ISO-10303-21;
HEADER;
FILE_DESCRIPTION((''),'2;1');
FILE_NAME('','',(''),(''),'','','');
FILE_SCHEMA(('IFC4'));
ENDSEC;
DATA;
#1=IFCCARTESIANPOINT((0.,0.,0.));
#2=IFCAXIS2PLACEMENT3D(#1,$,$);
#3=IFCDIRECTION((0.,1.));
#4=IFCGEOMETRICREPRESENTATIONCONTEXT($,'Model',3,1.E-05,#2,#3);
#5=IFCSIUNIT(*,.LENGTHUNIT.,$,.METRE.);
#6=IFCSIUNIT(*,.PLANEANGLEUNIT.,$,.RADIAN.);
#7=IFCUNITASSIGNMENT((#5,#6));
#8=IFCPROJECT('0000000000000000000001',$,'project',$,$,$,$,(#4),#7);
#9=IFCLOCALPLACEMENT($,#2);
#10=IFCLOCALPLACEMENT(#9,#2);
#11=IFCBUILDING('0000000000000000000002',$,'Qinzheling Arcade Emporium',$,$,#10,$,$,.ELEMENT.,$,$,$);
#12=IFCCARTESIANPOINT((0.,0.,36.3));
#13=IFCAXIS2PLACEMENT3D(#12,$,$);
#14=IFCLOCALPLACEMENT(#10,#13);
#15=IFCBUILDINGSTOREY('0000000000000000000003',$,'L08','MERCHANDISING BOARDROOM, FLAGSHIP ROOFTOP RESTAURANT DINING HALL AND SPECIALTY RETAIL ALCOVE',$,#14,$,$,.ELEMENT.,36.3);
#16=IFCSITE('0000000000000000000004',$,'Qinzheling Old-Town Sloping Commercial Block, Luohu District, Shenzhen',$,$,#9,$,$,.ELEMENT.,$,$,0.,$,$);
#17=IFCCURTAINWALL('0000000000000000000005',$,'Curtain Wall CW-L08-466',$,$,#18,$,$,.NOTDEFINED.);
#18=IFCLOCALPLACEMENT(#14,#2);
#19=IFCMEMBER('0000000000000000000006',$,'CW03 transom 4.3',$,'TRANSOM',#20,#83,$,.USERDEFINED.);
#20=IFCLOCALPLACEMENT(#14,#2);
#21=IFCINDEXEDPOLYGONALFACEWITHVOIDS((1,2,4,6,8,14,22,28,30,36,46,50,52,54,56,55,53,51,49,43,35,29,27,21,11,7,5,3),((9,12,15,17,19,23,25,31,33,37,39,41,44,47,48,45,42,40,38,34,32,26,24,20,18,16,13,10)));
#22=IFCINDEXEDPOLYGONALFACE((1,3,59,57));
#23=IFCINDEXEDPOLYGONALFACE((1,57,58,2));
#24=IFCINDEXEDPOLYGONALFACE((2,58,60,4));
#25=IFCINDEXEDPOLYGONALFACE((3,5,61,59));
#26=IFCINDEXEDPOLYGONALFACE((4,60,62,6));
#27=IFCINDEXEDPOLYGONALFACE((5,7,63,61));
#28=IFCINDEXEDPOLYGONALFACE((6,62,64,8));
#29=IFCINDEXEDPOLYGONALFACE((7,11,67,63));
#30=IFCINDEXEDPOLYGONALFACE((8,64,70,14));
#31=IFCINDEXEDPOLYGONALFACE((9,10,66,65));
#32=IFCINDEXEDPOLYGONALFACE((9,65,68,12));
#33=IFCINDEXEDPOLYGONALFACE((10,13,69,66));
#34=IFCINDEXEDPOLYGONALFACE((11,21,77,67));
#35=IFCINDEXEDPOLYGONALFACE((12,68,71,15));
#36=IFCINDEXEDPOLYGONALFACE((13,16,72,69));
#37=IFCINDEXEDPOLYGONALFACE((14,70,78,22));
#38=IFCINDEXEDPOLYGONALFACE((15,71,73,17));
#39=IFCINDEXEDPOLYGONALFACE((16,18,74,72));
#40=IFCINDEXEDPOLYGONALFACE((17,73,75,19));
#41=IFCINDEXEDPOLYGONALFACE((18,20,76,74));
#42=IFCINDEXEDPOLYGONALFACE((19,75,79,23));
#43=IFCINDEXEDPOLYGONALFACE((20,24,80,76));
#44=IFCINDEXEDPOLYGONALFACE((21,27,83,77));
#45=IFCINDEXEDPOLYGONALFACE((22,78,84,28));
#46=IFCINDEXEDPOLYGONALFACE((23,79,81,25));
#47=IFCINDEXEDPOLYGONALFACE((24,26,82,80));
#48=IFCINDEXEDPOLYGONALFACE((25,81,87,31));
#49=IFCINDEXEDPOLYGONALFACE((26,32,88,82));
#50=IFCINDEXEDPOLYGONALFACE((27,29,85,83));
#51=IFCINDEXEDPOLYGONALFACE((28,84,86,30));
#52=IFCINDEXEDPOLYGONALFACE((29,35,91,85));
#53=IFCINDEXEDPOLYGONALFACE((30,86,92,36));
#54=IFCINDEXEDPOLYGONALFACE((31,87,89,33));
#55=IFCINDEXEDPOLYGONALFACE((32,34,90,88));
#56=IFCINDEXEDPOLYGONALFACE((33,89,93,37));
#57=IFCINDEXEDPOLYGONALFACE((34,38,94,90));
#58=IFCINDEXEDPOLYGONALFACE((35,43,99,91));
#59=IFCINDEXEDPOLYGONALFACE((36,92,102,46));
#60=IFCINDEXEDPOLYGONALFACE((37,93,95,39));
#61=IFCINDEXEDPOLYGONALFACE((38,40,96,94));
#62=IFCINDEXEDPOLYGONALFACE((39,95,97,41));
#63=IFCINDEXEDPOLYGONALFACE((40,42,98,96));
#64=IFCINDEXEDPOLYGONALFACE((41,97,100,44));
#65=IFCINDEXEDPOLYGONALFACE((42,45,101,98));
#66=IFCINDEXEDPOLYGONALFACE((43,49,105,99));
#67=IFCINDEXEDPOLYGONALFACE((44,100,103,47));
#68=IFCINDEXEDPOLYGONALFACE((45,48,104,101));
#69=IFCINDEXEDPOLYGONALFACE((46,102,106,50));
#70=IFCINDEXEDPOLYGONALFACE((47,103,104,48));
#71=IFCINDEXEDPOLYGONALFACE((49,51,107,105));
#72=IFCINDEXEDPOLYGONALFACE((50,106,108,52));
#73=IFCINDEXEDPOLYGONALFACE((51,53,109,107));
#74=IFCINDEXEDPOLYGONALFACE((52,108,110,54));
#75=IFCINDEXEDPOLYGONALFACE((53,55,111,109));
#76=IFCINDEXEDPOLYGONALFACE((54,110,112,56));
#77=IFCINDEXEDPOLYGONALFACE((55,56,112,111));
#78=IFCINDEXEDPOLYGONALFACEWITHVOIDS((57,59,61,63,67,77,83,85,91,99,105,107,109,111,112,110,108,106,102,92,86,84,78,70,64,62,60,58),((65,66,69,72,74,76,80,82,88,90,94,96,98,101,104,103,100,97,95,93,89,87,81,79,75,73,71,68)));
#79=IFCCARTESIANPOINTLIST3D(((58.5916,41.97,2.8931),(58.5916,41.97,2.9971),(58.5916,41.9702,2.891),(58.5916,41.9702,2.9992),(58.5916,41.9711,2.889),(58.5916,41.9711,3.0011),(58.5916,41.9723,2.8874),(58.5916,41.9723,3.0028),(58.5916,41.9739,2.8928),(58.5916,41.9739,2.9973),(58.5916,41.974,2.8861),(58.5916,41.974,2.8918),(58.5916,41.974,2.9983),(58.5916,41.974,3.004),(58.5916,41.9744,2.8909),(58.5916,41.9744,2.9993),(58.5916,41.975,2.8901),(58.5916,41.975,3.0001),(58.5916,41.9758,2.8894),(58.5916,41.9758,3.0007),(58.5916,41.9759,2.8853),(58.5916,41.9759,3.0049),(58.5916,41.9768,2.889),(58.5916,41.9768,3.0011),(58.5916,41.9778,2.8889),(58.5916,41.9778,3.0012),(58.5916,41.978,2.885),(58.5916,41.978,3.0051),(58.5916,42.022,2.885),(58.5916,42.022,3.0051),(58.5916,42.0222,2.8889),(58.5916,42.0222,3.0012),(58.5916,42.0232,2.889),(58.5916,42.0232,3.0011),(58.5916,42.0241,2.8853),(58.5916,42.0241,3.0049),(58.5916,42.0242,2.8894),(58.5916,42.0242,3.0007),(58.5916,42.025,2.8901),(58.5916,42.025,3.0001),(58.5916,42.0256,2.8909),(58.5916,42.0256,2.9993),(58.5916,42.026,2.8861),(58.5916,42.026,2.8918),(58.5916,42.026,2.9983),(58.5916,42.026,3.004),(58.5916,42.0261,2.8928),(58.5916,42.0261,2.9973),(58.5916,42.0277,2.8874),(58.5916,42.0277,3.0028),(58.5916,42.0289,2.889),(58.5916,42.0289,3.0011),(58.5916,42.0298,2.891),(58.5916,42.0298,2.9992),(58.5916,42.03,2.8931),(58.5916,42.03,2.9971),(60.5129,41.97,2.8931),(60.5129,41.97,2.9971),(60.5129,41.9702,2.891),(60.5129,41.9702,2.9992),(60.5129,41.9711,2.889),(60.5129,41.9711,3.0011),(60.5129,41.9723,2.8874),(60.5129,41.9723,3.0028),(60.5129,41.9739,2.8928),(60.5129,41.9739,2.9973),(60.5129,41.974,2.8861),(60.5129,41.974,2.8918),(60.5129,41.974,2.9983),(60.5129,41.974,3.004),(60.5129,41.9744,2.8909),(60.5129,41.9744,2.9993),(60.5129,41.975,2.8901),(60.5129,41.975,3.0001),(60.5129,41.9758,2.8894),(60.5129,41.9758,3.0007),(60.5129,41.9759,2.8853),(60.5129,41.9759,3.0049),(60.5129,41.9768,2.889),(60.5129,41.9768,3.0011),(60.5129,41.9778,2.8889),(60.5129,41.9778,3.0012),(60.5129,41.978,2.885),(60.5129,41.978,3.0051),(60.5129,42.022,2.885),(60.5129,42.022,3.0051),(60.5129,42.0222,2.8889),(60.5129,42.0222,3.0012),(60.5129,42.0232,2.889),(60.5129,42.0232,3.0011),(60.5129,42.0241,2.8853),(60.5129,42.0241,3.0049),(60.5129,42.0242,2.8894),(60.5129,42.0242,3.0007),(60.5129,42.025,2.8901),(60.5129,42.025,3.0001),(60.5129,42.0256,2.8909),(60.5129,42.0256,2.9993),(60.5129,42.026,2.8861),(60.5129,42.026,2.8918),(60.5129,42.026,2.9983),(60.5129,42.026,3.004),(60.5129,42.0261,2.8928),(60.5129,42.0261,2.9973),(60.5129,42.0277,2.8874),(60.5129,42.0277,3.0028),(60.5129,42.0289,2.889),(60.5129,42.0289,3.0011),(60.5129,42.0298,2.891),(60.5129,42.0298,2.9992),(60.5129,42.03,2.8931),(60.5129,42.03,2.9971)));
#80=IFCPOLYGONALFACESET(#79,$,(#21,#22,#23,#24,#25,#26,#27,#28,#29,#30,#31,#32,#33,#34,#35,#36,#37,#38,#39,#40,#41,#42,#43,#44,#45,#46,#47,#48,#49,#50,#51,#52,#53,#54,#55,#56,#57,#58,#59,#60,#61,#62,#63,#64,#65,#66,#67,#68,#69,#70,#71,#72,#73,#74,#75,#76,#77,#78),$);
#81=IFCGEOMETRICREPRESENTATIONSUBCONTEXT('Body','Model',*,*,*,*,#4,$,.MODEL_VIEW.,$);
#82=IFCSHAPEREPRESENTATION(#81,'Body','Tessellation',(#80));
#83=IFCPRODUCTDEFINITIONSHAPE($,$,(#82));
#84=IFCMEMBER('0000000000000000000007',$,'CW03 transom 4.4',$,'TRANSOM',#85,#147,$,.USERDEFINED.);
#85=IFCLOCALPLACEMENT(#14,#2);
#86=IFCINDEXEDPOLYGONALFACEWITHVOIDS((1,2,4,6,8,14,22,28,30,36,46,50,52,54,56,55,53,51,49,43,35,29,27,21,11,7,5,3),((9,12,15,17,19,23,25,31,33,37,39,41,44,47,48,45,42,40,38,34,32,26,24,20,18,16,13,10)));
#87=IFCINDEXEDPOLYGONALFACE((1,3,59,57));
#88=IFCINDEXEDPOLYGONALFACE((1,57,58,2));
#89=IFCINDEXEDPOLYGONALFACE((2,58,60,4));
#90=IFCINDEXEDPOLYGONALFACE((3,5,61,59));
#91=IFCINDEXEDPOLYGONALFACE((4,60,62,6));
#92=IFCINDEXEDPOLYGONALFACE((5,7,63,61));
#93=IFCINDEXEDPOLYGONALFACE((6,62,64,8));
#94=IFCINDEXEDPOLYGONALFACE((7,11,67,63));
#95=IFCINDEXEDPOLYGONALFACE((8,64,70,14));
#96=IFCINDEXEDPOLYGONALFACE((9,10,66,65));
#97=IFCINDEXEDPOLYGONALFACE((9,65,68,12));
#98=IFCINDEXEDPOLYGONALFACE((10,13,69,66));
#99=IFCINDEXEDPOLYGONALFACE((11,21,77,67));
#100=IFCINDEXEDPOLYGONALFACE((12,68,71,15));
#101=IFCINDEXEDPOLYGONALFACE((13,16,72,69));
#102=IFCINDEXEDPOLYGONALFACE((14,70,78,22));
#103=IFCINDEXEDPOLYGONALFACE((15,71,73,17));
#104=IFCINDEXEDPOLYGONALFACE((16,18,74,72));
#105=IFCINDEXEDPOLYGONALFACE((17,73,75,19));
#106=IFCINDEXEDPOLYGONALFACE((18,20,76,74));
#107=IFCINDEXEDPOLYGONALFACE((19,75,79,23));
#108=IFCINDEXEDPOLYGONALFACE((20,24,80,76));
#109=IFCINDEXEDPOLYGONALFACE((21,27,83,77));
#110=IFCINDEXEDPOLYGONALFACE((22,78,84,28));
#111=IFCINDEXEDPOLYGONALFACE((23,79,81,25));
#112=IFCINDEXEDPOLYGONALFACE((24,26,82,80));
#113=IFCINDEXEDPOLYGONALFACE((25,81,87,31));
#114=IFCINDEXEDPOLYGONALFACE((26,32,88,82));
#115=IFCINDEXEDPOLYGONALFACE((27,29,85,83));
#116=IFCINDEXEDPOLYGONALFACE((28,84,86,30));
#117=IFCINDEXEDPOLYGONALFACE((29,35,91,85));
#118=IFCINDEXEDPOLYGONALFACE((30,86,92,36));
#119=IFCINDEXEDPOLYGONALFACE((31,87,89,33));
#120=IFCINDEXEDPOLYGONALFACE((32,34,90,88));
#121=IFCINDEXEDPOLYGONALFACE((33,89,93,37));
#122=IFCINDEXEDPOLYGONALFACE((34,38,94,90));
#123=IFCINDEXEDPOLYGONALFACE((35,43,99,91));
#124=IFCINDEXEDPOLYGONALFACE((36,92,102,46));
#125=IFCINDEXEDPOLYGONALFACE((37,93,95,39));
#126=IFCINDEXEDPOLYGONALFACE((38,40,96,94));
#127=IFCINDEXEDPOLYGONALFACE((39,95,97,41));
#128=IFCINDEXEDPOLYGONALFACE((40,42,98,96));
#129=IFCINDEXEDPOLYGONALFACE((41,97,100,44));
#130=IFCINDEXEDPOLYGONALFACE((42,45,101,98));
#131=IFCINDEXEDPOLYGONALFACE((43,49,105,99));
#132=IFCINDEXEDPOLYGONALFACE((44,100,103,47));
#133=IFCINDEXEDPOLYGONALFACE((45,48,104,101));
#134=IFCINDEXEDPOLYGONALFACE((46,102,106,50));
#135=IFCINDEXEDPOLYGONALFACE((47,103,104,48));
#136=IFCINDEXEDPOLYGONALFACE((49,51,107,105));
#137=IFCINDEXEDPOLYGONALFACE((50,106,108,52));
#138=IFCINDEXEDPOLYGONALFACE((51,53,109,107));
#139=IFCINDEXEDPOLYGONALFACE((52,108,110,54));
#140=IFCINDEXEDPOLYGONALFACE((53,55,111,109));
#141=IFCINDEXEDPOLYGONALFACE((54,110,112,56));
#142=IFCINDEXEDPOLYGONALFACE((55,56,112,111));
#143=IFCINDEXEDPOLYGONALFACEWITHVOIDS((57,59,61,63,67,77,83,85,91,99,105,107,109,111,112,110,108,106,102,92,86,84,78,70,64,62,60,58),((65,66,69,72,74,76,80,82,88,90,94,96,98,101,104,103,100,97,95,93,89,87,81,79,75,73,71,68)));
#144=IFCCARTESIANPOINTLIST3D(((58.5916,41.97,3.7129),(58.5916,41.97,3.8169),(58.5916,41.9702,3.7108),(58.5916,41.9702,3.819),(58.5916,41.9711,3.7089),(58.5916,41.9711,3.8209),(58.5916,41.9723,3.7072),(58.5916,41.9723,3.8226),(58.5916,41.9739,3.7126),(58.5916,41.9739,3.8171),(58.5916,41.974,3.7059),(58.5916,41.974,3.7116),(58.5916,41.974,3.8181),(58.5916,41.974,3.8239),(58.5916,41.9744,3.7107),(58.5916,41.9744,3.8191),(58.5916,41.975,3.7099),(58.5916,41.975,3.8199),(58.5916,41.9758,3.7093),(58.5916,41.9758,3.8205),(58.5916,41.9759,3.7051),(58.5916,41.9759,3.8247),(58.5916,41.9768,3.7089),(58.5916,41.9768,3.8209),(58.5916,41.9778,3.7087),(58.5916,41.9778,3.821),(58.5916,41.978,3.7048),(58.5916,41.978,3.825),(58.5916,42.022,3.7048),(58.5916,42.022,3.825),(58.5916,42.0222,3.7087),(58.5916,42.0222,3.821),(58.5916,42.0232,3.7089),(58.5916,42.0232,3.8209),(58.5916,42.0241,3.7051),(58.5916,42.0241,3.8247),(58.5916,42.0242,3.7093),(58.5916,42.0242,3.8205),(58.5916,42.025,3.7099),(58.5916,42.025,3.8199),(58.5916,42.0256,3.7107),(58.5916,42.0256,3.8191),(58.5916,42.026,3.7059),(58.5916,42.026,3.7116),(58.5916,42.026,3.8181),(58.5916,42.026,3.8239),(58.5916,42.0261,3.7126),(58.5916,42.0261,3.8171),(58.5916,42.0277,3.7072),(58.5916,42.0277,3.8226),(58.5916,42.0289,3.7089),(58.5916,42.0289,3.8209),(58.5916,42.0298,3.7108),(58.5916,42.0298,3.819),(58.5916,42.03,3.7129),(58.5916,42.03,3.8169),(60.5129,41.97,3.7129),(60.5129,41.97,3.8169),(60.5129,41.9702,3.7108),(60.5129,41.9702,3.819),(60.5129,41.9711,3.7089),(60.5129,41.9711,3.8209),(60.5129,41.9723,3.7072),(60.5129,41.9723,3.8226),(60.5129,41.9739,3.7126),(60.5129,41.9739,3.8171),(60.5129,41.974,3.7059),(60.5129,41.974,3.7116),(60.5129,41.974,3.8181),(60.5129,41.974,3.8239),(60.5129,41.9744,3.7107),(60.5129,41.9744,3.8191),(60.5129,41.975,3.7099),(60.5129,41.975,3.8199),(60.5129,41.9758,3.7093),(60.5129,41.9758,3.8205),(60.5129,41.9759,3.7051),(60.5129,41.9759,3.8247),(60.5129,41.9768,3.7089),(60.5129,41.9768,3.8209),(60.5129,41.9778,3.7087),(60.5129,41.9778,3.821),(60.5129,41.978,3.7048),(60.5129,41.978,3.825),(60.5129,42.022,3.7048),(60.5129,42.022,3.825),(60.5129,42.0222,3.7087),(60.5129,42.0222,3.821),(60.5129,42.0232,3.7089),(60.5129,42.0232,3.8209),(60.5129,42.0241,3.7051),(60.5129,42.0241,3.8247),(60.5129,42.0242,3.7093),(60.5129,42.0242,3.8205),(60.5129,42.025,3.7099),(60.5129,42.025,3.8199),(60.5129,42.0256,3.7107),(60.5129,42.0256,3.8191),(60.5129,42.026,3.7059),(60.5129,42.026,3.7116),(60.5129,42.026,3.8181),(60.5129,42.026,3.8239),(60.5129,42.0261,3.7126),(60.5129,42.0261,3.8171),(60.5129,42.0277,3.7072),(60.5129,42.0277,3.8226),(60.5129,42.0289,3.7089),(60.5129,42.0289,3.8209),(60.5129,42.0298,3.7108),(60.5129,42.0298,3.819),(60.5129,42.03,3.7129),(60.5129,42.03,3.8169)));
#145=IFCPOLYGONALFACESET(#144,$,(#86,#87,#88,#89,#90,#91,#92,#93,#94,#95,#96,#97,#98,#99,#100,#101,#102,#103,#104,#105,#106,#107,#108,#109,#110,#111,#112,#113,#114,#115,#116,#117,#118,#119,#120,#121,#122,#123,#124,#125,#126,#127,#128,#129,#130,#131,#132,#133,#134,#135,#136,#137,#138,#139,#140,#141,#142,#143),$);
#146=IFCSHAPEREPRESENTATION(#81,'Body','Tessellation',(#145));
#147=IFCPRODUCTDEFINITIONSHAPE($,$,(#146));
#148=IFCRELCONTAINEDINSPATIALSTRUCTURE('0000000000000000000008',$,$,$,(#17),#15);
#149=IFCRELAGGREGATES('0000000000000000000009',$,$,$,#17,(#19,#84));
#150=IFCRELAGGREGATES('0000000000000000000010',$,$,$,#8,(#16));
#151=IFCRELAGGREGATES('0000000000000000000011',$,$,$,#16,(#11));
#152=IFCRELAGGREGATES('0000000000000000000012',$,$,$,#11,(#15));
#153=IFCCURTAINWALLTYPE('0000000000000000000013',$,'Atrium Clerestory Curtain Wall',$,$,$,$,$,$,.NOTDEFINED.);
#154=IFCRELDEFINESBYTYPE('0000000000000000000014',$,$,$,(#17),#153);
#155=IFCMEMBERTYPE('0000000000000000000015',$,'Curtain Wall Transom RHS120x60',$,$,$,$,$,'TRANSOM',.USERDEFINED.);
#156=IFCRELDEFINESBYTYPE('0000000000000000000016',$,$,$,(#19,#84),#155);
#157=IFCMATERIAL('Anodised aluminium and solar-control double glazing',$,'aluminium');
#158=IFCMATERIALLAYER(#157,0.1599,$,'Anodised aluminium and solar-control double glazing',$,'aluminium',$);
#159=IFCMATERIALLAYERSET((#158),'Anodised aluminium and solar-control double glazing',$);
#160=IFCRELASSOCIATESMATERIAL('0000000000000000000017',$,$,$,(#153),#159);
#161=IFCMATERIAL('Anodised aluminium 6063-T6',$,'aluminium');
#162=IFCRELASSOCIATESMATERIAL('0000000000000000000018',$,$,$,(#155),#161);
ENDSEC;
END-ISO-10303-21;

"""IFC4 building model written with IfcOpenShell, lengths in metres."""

from ifc_helpers import new_model, si_unit, direction, frame, origin, origin_2d, place, context, subcontext, project, spatial, hollow_rectangle, extrude, material, layer, layer_set, material_profile, profile_set, type_object, element, aggregate, save


model = new_model("IFC4")

# Units and contexts
model_context = context("Model", 3, precision=1e-05, world=origin(), true_north=direction((0.0, 1.0)))
body_context = subcontext(model_context, "Body", "Model", "MODEL_VIEW")
ifc_project = project(units=[si_unit("LENGTHUNIT", "METRE"), si_unit("PLANEANGLEUNIT", "RADIAN")], contexts=[model_context])

# Site, building, storey
site_placement = place(None, origin())
site = spatial("IfcSite", under=ifc_project, at=site_placement, Name="Qinzheling Old-Town Sloping Commercial Block, Luohu District, Shenzhen", CompositionType="ELEMENT", RefElevation=0.0)
building_placement = place(site_placement, origin())
building = spatial("IfcBuilding", under=site, at=building_placement, Name="Qinzheling Arcade Emporium", CompositionType="ELEMENT")
storey_placement = place(building_placement, frame((0.0, 0.0, 36.3)))
storey = spatial("IfcBuildingStorey", under=building, at=storey_placement, Name="L08", Description="MERCHANDISING BOARDROOM, FLAGSHIP ROOFTOP RESTAURANT DINING HALL AND SPECIALTY RETAIL ALCOVE", CompositionType="ELEMENT", Elevation=36.3)

# Curtain wall
ifc_material_1 = material(Name="Anodised aluminium and solar-control double glazing", Category="aluminium")
ifc_layer_1 = layer(ifc_material_1, 0.1599, Name="Anodised aluminium and solar-control double glazing", Category="aluminium")
ifc_layer_set_1 = layer_set([ifc_layer_1], Name="Anodised aluminium and solar-control double glazing")
curtain_wall_type = type_object("IfcCurtainWallType", Name="Atrium Clerestory Curtain Wall", PredefinedType="NOTDEFINED", material=ifc_layer_set_1)
curtain_wall_1_placement = place(storey_placement, origin())
curtain_wall_1 = element("IfcCurtainWall", 1, at=curtain_wall_1_placement, inside=storey, type_object=curtain_wall_type, Name="Curtain Wall CW-L08-466", PredefinedType="NOTDEFINED")
ifc_material_2 = material(Name="Anodised aluminium 6063-T6", Category="aluminium")

# Members
ifc_material_profile_1 = material_profile(ifc_material_2, hollow_rectangle(XDim=0.0601, YDim=0.1201, WallThickness=0.0039, InnerFilletRadius=0.0039, OuterFilletRadius=0.0081, at=origin_2d()), Name="RHS 120x60x4", Category="aluminium")
ifc_profile_set_1 = profile_set([ifc_material_profile_1], Name="Anodised aluminium 6063-T6")
member_type_1 = type_object("IfcMemberType", Name="Curtain Wall Transom RHS120x60", ElementType="TRANSOM", PredefinedType="USERDEFINED", material=ifc_profile_set_1)
member_1_placement = place(storey_placement, frame((58.5916, 42.0, 2.9451), z_axis=(1.0, 0.0, 0.0), x_axis=(0.0, 1.0, 0.0)))
member_1 = element("IfcMember", 2, at=member_1_placement, type_object=member_type_1, Name="CW03 transom 4.3", ObjectType="TRANSOM", PredefinedType="USERDEFINED", context=body_context, shape_type="SweptSolid", body=[
    extrude(hollow_rectangle(XDim=0.0601, YDim=0.1201, WallThickness=0.0039, InnerFilletRadius=0.0039, OuterFilletRadius=0.0081, at=origin_2d()), origin(), (0.0, 0.0, 1.0), 1.9214),
])
member_2_placement = place(storey_placement, frame((58.5916, 42.0, 3.7649), z_axis=(1.0, 0.0, 0.0), x_axis=(0.0, 1.0, 0.0)))
member_2 = element("IfcMember", 3, at=member_2_placement, type_object=member_type_1, Name="CW03 transom 4.4", ObjectType="TRANSOM", PredefinedType="USERDEFINED", context=body_context, shape_type="SweptSolid", body=[
    extrude(hollow_rectangle(XDim=0.0601, YDim=0.1201, WallThickness=0.0039, InnerFilletRadius=0.0039, OuterFilletRadius=0.0081, at=origin_2d()), origin(), (0.0, 0.0, 1.0), 1.9214),
])

aggregate(curtain_wall_1, [member_1, member_2])

save(model, "model.ifc")
